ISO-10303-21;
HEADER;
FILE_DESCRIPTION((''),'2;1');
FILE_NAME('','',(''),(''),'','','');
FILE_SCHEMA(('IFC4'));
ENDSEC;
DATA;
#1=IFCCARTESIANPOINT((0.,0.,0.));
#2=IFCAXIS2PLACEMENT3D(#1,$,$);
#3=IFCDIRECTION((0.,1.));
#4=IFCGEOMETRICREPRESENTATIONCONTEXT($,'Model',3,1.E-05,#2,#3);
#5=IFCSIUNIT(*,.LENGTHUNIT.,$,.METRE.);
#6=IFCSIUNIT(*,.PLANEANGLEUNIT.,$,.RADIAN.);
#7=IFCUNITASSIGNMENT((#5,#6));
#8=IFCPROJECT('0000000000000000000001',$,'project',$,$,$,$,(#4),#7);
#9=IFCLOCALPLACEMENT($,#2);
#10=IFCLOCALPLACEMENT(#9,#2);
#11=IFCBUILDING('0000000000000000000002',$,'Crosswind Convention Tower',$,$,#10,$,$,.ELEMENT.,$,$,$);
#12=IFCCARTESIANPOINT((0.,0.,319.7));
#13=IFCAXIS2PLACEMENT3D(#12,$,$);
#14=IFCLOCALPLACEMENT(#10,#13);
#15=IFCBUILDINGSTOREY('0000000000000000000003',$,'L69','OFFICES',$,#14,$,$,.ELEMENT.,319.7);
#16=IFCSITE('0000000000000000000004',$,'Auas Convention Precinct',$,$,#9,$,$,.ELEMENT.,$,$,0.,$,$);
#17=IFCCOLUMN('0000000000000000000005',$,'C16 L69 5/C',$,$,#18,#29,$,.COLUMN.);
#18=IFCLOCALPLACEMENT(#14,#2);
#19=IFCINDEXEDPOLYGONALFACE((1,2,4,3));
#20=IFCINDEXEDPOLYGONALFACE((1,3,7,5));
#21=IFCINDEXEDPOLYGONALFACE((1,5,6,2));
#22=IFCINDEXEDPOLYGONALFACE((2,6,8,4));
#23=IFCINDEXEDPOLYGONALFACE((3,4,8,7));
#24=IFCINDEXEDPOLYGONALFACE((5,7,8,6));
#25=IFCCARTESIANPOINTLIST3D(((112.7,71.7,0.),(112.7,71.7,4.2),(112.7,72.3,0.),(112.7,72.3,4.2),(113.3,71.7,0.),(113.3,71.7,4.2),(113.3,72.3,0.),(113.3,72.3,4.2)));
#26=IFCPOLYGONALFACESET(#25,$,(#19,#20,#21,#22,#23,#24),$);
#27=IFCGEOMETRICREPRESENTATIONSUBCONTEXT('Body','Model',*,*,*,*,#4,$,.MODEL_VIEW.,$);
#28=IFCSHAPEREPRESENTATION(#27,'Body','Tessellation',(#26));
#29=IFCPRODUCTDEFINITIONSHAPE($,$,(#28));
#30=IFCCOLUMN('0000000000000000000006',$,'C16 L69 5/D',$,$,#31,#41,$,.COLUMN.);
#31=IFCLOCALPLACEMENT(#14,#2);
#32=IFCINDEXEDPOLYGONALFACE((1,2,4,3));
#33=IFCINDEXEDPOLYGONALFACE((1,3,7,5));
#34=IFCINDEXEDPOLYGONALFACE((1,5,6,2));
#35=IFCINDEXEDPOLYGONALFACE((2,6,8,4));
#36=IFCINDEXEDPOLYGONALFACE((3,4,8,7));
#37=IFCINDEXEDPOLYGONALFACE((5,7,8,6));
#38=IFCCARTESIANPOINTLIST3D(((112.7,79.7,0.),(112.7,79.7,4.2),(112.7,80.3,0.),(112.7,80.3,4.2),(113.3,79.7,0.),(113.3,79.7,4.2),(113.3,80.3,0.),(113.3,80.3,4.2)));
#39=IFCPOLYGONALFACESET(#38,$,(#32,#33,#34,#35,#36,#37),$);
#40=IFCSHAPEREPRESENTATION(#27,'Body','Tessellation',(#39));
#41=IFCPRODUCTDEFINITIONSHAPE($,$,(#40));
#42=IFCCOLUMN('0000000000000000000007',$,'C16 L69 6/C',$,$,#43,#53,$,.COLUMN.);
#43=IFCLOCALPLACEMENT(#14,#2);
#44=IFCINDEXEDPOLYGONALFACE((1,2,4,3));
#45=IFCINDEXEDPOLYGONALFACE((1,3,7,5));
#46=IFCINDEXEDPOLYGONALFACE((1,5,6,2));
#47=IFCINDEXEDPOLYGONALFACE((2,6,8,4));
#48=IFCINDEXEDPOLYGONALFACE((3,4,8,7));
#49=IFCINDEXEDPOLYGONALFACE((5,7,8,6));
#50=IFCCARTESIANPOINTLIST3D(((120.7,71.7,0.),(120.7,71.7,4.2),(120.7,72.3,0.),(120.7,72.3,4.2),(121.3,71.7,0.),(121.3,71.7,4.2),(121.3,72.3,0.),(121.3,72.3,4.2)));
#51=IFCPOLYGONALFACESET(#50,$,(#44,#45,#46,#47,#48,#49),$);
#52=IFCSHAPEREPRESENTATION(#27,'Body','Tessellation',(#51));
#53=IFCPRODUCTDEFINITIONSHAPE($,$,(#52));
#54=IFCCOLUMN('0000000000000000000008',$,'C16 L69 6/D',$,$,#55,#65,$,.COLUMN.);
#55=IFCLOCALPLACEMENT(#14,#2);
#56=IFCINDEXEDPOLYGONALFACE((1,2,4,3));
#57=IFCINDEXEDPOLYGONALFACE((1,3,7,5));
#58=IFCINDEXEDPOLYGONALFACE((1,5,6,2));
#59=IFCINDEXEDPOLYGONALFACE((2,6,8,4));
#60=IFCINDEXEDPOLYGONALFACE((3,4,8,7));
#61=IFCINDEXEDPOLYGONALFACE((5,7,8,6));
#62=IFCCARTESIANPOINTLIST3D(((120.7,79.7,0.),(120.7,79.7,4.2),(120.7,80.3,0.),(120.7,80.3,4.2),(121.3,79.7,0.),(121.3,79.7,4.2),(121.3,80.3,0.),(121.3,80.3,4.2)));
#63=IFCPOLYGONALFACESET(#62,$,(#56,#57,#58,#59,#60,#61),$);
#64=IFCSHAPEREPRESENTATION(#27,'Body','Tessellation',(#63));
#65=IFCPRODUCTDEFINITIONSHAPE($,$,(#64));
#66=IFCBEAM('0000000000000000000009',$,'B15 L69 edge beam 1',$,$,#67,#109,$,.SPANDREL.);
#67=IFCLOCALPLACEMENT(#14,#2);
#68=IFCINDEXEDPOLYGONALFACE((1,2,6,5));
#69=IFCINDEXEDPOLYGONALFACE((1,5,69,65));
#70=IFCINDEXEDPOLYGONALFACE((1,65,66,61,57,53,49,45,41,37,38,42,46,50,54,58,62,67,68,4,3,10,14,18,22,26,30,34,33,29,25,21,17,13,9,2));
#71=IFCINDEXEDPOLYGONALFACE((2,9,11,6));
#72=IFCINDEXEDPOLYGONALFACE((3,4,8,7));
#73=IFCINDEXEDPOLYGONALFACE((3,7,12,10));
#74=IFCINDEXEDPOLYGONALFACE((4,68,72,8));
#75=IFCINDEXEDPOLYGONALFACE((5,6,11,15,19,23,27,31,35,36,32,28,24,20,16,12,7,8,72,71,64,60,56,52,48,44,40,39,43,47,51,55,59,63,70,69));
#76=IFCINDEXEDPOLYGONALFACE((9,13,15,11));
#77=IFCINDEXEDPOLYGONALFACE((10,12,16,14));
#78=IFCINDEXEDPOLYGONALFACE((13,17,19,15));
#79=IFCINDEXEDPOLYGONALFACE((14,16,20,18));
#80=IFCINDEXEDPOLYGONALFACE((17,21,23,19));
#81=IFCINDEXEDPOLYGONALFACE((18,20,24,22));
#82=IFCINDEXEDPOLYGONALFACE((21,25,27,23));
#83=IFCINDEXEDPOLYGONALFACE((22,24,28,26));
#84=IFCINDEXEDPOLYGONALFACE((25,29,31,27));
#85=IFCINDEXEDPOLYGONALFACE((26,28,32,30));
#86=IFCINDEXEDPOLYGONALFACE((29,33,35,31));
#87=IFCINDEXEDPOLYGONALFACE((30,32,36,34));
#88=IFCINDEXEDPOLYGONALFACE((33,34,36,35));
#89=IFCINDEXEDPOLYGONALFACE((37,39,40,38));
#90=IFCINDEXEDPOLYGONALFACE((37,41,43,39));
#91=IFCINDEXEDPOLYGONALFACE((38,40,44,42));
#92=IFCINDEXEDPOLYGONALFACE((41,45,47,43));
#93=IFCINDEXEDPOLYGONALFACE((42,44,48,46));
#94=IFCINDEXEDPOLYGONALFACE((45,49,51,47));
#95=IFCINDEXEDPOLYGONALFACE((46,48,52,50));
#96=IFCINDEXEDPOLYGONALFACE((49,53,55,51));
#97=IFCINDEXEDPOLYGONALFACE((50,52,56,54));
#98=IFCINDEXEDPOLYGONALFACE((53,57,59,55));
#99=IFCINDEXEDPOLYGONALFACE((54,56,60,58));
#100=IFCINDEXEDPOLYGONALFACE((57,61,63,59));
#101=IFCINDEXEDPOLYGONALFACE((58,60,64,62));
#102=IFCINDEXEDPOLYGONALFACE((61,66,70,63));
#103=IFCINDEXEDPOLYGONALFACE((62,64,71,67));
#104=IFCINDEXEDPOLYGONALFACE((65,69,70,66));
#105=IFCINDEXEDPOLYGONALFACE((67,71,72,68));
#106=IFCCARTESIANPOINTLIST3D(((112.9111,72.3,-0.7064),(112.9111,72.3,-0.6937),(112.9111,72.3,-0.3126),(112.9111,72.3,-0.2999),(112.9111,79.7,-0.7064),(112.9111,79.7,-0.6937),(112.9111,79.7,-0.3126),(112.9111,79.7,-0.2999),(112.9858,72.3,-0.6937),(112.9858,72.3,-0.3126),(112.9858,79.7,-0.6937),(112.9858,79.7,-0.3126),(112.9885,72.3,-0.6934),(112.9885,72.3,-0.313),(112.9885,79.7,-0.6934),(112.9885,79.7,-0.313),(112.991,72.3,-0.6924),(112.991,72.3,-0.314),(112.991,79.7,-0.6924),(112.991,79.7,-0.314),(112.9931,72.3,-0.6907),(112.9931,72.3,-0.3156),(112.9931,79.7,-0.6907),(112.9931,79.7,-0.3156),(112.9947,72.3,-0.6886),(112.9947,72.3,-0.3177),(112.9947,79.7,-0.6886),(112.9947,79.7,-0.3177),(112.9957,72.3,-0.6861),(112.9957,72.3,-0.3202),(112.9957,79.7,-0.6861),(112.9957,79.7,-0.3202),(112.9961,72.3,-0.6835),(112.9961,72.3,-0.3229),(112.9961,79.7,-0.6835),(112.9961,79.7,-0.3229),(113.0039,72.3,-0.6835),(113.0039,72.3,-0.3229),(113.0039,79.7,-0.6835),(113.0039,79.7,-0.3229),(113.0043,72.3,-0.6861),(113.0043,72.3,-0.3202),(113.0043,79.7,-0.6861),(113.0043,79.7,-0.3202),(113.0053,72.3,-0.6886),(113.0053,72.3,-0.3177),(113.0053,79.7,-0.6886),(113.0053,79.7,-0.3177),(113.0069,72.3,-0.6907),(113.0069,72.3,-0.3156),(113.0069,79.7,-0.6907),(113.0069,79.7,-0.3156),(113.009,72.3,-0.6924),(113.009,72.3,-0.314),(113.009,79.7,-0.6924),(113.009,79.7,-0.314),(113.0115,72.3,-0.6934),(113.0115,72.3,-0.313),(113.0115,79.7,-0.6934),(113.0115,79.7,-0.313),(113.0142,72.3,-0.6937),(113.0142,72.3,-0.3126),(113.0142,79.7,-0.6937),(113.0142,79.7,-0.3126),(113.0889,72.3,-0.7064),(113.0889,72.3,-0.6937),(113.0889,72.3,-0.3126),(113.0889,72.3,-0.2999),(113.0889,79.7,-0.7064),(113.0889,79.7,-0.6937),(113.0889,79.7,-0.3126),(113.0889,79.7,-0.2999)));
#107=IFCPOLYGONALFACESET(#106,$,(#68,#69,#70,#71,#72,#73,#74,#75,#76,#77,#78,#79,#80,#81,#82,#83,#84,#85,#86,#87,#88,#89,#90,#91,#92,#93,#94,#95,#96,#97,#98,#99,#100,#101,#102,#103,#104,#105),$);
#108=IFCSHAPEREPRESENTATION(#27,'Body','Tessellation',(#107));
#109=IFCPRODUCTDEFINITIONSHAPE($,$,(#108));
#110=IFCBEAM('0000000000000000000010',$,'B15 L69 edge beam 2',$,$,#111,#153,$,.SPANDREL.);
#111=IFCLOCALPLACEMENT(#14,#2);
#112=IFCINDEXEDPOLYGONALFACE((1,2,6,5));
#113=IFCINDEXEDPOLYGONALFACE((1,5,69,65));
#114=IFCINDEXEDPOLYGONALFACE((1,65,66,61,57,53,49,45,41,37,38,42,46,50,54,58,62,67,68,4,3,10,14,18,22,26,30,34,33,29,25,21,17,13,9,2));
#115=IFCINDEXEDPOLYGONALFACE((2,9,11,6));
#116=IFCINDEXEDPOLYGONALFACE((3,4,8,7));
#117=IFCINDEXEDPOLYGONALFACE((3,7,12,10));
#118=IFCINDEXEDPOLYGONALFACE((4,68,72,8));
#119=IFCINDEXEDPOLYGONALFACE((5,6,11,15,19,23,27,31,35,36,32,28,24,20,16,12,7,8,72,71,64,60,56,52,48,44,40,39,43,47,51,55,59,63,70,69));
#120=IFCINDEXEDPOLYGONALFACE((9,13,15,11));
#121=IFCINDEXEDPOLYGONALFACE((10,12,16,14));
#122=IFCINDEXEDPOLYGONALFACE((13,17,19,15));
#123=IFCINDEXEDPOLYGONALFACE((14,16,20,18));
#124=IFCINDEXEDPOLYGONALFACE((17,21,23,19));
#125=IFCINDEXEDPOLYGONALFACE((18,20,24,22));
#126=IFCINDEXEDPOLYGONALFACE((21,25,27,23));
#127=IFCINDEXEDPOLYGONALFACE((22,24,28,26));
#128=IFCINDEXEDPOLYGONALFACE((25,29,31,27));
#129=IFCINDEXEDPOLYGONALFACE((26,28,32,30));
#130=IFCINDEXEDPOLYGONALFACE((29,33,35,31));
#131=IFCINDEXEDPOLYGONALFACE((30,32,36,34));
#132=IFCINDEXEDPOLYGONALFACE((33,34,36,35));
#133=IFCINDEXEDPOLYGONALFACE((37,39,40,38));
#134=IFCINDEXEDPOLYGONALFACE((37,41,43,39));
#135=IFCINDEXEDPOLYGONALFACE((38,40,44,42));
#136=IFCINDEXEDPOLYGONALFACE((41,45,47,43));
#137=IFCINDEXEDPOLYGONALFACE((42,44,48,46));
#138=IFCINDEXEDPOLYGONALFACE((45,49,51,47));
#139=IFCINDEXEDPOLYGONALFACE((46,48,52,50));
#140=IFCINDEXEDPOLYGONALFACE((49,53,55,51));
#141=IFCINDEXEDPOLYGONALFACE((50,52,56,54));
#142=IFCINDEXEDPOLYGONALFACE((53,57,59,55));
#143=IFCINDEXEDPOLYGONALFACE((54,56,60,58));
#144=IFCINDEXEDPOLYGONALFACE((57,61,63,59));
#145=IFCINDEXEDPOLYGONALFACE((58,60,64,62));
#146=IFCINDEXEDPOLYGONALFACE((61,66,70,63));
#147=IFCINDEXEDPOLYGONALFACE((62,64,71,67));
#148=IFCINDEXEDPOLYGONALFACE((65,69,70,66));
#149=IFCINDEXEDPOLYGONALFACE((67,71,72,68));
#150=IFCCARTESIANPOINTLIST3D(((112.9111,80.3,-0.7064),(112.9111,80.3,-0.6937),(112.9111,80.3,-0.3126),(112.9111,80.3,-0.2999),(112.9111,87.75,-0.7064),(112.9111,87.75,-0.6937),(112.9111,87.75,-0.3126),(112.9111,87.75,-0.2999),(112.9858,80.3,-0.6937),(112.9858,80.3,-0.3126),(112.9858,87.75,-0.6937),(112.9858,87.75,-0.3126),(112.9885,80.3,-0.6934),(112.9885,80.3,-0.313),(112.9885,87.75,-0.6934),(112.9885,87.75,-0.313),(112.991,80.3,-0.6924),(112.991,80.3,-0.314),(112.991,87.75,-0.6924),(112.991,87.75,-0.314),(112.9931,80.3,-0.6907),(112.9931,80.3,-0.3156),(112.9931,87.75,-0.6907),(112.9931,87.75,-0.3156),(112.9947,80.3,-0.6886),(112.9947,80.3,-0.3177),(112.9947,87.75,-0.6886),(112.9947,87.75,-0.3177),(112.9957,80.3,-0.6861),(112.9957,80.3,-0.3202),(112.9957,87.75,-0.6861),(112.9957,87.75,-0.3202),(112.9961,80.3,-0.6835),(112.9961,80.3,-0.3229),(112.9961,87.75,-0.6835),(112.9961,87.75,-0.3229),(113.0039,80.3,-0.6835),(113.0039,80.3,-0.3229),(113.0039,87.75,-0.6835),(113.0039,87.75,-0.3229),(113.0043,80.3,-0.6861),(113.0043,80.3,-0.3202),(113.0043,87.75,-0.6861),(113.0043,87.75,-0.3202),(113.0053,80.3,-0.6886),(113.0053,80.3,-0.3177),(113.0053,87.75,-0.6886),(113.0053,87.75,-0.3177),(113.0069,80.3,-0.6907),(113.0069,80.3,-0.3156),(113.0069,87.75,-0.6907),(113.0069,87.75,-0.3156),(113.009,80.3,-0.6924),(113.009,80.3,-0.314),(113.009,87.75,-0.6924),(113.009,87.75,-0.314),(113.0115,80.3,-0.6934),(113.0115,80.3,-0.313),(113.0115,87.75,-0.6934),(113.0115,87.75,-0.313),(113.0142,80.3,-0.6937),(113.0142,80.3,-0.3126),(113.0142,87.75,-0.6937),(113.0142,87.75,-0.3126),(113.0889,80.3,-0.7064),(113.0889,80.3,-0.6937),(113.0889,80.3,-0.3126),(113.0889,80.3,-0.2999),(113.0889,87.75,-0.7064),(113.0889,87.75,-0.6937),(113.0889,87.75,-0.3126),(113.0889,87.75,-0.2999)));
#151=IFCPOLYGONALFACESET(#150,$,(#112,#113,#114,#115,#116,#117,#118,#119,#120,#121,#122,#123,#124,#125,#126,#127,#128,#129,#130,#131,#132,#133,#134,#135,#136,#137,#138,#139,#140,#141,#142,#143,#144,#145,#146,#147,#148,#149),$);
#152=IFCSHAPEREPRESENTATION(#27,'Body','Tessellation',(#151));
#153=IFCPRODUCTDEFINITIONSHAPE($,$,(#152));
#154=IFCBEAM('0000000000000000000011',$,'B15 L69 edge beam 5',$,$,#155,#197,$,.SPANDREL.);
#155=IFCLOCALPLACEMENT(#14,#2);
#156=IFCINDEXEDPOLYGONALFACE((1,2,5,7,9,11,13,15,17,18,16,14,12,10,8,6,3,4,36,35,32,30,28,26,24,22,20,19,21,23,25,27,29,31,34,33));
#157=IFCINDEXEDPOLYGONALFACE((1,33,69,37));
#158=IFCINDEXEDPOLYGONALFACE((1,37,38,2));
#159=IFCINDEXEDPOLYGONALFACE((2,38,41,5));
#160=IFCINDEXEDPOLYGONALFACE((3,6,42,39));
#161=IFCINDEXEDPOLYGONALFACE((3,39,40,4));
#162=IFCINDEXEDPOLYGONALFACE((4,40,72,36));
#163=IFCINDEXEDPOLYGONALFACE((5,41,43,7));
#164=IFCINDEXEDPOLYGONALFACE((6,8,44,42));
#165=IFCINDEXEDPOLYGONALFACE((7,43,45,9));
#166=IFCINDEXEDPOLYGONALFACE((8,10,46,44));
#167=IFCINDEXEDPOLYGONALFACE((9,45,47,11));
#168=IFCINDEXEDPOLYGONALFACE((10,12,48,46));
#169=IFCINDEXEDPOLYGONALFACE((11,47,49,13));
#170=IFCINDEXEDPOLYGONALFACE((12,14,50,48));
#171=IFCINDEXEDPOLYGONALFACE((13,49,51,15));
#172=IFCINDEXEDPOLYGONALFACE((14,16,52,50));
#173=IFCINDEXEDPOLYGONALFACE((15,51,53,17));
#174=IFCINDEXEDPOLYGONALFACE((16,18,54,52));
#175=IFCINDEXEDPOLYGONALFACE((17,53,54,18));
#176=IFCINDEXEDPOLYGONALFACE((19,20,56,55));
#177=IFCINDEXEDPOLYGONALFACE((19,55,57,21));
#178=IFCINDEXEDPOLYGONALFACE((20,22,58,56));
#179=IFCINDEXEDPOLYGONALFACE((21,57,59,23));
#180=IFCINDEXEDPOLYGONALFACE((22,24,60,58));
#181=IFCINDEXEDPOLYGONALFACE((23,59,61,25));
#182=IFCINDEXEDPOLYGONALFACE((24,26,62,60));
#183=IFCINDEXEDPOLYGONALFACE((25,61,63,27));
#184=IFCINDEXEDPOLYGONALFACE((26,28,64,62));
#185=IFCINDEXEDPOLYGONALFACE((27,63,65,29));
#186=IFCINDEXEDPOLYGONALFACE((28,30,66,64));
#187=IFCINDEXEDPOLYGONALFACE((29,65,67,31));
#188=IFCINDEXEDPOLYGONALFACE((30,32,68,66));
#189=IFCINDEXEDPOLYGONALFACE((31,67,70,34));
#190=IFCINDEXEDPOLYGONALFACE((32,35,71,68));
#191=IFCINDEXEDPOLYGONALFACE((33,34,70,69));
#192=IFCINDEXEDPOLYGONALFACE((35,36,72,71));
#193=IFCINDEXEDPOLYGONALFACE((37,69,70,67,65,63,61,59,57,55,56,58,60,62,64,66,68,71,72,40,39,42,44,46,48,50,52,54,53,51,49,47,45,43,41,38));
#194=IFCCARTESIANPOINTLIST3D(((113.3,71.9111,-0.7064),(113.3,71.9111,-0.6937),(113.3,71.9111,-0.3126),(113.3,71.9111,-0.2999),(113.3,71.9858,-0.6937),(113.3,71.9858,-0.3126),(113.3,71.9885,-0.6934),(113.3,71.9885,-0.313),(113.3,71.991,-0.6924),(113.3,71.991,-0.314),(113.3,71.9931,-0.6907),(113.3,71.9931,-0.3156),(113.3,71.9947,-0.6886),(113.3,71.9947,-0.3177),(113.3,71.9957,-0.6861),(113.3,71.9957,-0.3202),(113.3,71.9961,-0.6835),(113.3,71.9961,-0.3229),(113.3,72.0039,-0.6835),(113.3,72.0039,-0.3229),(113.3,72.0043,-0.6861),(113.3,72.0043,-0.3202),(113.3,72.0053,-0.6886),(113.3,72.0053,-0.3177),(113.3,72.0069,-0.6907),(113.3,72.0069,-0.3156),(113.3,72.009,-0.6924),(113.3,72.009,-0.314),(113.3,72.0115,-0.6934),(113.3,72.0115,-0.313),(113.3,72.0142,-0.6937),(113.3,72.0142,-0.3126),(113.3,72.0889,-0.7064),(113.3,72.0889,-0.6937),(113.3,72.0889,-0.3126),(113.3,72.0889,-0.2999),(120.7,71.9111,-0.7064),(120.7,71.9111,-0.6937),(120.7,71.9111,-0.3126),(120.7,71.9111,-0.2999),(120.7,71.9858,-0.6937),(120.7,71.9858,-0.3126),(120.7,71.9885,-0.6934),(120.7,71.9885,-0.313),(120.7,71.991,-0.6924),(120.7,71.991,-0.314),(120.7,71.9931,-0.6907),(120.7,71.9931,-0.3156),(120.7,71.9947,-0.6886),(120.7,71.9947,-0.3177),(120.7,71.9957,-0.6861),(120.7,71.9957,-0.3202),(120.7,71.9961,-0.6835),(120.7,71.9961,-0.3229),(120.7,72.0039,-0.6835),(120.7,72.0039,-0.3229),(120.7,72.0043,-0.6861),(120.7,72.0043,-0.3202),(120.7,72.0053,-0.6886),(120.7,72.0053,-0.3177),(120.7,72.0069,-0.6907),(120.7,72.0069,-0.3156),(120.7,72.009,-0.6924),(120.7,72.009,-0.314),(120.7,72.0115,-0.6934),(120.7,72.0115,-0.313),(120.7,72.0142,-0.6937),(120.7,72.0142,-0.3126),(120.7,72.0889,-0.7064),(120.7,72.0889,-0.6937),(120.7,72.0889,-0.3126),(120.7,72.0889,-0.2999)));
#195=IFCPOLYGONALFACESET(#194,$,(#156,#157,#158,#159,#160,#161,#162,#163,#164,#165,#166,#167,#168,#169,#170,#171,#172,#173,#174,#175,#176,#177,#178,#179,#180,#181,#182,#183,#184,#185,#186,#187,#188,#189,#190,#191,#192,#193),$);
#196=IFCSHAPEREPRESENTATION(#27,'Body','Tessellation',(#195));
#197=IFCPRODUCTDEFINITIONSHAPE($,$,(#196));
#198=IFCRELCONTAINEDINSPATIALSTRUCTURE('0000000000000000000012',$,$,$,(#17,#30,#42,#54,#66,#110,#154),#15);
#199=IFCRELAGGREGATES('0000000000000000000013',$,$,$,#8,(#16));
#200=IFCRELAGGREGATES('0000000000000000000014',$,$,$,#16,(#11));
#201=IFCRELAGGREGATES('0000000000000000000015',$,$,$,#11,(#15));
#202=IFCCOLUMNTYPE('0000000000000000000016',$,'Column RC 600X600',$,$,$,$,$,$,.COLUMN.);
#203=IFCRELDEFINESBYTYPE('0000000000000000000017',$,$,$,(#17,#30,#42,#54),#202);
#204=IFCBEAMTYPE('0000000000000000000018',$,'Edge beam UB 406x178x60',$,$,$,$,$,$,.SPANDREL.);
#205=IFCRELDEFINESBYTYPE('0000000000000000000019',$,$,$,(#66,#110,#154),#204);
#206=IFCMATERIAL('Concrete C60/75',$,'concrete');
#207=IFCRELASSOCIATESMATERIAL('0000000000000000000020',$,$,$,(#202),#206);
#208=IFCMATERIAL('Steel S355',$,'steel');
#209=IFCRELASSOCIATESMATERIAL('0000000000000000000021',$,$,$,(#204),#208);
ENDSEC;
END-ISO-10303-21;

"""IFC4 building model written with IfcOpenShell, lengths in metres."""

from ifc_helpers import new_model, si_unit, direction, frame, origin, origin_2d, place, context, subcontext, project, spatial, rectangle, i_section, extrude, material, material_profile, profile_set, type_object, element, save


model = new_model("IFC4")

# Units and contexts
model_context = context("Model", 3, precision=1e-05, world=origin(), true_north=direction((0.0, 1.0)))
body_context = subcontext(model_context, "Body", "Model", "MODEL_VIEW")
ifc_project = project(units=[si_unit("LENGTHUNIT", "METRE"), si_unit("PLANEANGLEUNIT", "RADIAN")], contexts=[model_context])

# Site, building, storey
site_placement = place(None, origin())
site = spatial("IfcSite", under=ifc_project, at=site_placement, Name="Auas Convention Precinct", CompositionType="ELEMENT", RefElevation=0.0)
building_placement = place(site_placement, origin())
building = spatial("IfcBuilding", under=site, at=building_placement, Name="Crosswind Convention Tower", CompositionType="ELEMENT")
storey_placement = place(building_placement, frame((0.0, 0.0, 319.7)))
storey = spatial("IfcBuildingStorey", under=building, at=storey_placement, Name="L69", Description="OFFICES", CompositionType="ELEMENT", Elevation=319.7)

# Columns
ifc_material_1 = material(Name="Concrete C60/75", Category="concrete")
ifc_material_profile_1 = material_profile(ifc_material_1, rectangle(XDim=0.6001, YDim=0.6001, at=origin_2d()), Name="RC 600X600")
ifc_profile_set_1 = profile_set([ifc_material_profile_1], Name="Concrete C60/75")
column_type = type_object("IfcColumnType", Name="Column RC 600X600", PredefinedType="COLUMN", material=ifc_profile_set_1)
for number, where, z_axis, x_axis, name in (
    (1, (113.0, 72.0, 0.0), (0.0, 0.0, 1.0), (1.0, 0.0, 0.0), "C16 L69 5/C"),
    (2, (113.0, 80.0, 0.0), (0.0, 0.0, 1.0), (1.0, 0.0, 0.0), "C16 L69 5/D"),
    (3, (121.0, 72.0, 0.0), (0.0, 0.0, 1.0), (1.0, 0.0, 0.0), "C16 L69 6/C"),
    (4, (121.0, 80.0, 0.0), (0.0, 0.0, 1.0), (1.0, 0.0, 0.0), "C16 L69 6/D"),
):
    element("IfcColumn", number, at=place(storey_placement, frame(where, z_axis=z_axis, x_axis=x_axis)), inside=storey, type_object=column_type, Name=name, PredefinedType="COLUMN", context=body_context, shape_type="SweptSolid", body=[
        extrude(rectangle(XDim=0.6001, YDim=0.6001, at=origin_2d()), origin(), (0.0, 0.0, 1.0), 4.2),
    ])

# Beams
ifc_material_2 = material(Name="Steel S355", Category="steel")
ifc_material_profile_2 = material_profile(ifc_material_2, i_section(OverallWidth=0.1777, OverallDepth=0.4065, WebThickness=0.0078, FlangeThickness=0.0127, FilletRadius=0.0103, at=origin_2d()), Name="UB 406x178x60")
ifc_profile_set_2 = profile_set([ifc_material_profile_2], Name="Steel S355")
beam_type_1 = type_object("IfcBeamType", Name="Edge beam UB 406x178x60", PredefinedType="SPANDREL", material=ifc_profile_set_2)
beam_1_placement = place(storey_placement, frame((113.0, 72.3, -0.5032), z_axis=(0.0, 1.0, 0.0), x_axis=(-1.0, 0.0, 0.0)))
element("IfcBeam", 5, at=beam_1_placement, inside=storey, type_object=beam_type_1, Name="B15 L69 edge beam 1", PredefinedType="SPANDREL", context=body_context, shape_type="SweptSolid", body=[
    extrude(i_section(OverallWidth=0.1777, OverallDepth=0.4065, WebThickness=0.0078, FlangeThickness=0.0127, FilletRadius=0.0103, at=origin_2d()), origin(), (0.0, 0.0, 1.0), 7.3999),
])
beam_2_placement = place(storey_placement, frame((113.0, 80.3, -0.5032), z_axis=(0.0, 1.0, 0.0), x_axis=(-1.0, 0.0, 0.0)))
element("IfcBeam", 6, at=beam_2_placement, inside=storey, type_object=beam_type_1, Name="B15 L69 edge beam 2", PredefinedType="SPANDREL", context=body_context, shape_type="SweptSolid", body=[
    extrude(i_section(OverallWidth=0.1777, OverallDepth=0.4065, WebThickness=0.0078, FlangeThickness=0.0127, FilletRadius=0.0103, at=origin_2d()), origin(), (0.0, 0.0, 1.0), 7.45),
])
beam_3_placement = place(storey_placement, frame((113.3, 72.0, -0.5032), z_axis=(1.0, 0.0, 0.0), x_axis=(0.0, 1.0, 0.0)))
element("IfcBeam", 7, at=beam_3_placement, inside=storey, type_object=beam_type_1, Name="B15 L69 edge beam 5", PredefinedType="SPANDREL", context=body_context, shape_type="SweptSolid", body=[
    extrude(i_section(OverallWidth=0.1777, OverallDepth=0.4065, WebThickness=0.0078, FlangeThickness=0.0127, FilletRadius=0.0103, at=origin_2d()), origin(), (0.0, 0.0, 1.0), 7.3999),
])

save(model, "model.ifc")
